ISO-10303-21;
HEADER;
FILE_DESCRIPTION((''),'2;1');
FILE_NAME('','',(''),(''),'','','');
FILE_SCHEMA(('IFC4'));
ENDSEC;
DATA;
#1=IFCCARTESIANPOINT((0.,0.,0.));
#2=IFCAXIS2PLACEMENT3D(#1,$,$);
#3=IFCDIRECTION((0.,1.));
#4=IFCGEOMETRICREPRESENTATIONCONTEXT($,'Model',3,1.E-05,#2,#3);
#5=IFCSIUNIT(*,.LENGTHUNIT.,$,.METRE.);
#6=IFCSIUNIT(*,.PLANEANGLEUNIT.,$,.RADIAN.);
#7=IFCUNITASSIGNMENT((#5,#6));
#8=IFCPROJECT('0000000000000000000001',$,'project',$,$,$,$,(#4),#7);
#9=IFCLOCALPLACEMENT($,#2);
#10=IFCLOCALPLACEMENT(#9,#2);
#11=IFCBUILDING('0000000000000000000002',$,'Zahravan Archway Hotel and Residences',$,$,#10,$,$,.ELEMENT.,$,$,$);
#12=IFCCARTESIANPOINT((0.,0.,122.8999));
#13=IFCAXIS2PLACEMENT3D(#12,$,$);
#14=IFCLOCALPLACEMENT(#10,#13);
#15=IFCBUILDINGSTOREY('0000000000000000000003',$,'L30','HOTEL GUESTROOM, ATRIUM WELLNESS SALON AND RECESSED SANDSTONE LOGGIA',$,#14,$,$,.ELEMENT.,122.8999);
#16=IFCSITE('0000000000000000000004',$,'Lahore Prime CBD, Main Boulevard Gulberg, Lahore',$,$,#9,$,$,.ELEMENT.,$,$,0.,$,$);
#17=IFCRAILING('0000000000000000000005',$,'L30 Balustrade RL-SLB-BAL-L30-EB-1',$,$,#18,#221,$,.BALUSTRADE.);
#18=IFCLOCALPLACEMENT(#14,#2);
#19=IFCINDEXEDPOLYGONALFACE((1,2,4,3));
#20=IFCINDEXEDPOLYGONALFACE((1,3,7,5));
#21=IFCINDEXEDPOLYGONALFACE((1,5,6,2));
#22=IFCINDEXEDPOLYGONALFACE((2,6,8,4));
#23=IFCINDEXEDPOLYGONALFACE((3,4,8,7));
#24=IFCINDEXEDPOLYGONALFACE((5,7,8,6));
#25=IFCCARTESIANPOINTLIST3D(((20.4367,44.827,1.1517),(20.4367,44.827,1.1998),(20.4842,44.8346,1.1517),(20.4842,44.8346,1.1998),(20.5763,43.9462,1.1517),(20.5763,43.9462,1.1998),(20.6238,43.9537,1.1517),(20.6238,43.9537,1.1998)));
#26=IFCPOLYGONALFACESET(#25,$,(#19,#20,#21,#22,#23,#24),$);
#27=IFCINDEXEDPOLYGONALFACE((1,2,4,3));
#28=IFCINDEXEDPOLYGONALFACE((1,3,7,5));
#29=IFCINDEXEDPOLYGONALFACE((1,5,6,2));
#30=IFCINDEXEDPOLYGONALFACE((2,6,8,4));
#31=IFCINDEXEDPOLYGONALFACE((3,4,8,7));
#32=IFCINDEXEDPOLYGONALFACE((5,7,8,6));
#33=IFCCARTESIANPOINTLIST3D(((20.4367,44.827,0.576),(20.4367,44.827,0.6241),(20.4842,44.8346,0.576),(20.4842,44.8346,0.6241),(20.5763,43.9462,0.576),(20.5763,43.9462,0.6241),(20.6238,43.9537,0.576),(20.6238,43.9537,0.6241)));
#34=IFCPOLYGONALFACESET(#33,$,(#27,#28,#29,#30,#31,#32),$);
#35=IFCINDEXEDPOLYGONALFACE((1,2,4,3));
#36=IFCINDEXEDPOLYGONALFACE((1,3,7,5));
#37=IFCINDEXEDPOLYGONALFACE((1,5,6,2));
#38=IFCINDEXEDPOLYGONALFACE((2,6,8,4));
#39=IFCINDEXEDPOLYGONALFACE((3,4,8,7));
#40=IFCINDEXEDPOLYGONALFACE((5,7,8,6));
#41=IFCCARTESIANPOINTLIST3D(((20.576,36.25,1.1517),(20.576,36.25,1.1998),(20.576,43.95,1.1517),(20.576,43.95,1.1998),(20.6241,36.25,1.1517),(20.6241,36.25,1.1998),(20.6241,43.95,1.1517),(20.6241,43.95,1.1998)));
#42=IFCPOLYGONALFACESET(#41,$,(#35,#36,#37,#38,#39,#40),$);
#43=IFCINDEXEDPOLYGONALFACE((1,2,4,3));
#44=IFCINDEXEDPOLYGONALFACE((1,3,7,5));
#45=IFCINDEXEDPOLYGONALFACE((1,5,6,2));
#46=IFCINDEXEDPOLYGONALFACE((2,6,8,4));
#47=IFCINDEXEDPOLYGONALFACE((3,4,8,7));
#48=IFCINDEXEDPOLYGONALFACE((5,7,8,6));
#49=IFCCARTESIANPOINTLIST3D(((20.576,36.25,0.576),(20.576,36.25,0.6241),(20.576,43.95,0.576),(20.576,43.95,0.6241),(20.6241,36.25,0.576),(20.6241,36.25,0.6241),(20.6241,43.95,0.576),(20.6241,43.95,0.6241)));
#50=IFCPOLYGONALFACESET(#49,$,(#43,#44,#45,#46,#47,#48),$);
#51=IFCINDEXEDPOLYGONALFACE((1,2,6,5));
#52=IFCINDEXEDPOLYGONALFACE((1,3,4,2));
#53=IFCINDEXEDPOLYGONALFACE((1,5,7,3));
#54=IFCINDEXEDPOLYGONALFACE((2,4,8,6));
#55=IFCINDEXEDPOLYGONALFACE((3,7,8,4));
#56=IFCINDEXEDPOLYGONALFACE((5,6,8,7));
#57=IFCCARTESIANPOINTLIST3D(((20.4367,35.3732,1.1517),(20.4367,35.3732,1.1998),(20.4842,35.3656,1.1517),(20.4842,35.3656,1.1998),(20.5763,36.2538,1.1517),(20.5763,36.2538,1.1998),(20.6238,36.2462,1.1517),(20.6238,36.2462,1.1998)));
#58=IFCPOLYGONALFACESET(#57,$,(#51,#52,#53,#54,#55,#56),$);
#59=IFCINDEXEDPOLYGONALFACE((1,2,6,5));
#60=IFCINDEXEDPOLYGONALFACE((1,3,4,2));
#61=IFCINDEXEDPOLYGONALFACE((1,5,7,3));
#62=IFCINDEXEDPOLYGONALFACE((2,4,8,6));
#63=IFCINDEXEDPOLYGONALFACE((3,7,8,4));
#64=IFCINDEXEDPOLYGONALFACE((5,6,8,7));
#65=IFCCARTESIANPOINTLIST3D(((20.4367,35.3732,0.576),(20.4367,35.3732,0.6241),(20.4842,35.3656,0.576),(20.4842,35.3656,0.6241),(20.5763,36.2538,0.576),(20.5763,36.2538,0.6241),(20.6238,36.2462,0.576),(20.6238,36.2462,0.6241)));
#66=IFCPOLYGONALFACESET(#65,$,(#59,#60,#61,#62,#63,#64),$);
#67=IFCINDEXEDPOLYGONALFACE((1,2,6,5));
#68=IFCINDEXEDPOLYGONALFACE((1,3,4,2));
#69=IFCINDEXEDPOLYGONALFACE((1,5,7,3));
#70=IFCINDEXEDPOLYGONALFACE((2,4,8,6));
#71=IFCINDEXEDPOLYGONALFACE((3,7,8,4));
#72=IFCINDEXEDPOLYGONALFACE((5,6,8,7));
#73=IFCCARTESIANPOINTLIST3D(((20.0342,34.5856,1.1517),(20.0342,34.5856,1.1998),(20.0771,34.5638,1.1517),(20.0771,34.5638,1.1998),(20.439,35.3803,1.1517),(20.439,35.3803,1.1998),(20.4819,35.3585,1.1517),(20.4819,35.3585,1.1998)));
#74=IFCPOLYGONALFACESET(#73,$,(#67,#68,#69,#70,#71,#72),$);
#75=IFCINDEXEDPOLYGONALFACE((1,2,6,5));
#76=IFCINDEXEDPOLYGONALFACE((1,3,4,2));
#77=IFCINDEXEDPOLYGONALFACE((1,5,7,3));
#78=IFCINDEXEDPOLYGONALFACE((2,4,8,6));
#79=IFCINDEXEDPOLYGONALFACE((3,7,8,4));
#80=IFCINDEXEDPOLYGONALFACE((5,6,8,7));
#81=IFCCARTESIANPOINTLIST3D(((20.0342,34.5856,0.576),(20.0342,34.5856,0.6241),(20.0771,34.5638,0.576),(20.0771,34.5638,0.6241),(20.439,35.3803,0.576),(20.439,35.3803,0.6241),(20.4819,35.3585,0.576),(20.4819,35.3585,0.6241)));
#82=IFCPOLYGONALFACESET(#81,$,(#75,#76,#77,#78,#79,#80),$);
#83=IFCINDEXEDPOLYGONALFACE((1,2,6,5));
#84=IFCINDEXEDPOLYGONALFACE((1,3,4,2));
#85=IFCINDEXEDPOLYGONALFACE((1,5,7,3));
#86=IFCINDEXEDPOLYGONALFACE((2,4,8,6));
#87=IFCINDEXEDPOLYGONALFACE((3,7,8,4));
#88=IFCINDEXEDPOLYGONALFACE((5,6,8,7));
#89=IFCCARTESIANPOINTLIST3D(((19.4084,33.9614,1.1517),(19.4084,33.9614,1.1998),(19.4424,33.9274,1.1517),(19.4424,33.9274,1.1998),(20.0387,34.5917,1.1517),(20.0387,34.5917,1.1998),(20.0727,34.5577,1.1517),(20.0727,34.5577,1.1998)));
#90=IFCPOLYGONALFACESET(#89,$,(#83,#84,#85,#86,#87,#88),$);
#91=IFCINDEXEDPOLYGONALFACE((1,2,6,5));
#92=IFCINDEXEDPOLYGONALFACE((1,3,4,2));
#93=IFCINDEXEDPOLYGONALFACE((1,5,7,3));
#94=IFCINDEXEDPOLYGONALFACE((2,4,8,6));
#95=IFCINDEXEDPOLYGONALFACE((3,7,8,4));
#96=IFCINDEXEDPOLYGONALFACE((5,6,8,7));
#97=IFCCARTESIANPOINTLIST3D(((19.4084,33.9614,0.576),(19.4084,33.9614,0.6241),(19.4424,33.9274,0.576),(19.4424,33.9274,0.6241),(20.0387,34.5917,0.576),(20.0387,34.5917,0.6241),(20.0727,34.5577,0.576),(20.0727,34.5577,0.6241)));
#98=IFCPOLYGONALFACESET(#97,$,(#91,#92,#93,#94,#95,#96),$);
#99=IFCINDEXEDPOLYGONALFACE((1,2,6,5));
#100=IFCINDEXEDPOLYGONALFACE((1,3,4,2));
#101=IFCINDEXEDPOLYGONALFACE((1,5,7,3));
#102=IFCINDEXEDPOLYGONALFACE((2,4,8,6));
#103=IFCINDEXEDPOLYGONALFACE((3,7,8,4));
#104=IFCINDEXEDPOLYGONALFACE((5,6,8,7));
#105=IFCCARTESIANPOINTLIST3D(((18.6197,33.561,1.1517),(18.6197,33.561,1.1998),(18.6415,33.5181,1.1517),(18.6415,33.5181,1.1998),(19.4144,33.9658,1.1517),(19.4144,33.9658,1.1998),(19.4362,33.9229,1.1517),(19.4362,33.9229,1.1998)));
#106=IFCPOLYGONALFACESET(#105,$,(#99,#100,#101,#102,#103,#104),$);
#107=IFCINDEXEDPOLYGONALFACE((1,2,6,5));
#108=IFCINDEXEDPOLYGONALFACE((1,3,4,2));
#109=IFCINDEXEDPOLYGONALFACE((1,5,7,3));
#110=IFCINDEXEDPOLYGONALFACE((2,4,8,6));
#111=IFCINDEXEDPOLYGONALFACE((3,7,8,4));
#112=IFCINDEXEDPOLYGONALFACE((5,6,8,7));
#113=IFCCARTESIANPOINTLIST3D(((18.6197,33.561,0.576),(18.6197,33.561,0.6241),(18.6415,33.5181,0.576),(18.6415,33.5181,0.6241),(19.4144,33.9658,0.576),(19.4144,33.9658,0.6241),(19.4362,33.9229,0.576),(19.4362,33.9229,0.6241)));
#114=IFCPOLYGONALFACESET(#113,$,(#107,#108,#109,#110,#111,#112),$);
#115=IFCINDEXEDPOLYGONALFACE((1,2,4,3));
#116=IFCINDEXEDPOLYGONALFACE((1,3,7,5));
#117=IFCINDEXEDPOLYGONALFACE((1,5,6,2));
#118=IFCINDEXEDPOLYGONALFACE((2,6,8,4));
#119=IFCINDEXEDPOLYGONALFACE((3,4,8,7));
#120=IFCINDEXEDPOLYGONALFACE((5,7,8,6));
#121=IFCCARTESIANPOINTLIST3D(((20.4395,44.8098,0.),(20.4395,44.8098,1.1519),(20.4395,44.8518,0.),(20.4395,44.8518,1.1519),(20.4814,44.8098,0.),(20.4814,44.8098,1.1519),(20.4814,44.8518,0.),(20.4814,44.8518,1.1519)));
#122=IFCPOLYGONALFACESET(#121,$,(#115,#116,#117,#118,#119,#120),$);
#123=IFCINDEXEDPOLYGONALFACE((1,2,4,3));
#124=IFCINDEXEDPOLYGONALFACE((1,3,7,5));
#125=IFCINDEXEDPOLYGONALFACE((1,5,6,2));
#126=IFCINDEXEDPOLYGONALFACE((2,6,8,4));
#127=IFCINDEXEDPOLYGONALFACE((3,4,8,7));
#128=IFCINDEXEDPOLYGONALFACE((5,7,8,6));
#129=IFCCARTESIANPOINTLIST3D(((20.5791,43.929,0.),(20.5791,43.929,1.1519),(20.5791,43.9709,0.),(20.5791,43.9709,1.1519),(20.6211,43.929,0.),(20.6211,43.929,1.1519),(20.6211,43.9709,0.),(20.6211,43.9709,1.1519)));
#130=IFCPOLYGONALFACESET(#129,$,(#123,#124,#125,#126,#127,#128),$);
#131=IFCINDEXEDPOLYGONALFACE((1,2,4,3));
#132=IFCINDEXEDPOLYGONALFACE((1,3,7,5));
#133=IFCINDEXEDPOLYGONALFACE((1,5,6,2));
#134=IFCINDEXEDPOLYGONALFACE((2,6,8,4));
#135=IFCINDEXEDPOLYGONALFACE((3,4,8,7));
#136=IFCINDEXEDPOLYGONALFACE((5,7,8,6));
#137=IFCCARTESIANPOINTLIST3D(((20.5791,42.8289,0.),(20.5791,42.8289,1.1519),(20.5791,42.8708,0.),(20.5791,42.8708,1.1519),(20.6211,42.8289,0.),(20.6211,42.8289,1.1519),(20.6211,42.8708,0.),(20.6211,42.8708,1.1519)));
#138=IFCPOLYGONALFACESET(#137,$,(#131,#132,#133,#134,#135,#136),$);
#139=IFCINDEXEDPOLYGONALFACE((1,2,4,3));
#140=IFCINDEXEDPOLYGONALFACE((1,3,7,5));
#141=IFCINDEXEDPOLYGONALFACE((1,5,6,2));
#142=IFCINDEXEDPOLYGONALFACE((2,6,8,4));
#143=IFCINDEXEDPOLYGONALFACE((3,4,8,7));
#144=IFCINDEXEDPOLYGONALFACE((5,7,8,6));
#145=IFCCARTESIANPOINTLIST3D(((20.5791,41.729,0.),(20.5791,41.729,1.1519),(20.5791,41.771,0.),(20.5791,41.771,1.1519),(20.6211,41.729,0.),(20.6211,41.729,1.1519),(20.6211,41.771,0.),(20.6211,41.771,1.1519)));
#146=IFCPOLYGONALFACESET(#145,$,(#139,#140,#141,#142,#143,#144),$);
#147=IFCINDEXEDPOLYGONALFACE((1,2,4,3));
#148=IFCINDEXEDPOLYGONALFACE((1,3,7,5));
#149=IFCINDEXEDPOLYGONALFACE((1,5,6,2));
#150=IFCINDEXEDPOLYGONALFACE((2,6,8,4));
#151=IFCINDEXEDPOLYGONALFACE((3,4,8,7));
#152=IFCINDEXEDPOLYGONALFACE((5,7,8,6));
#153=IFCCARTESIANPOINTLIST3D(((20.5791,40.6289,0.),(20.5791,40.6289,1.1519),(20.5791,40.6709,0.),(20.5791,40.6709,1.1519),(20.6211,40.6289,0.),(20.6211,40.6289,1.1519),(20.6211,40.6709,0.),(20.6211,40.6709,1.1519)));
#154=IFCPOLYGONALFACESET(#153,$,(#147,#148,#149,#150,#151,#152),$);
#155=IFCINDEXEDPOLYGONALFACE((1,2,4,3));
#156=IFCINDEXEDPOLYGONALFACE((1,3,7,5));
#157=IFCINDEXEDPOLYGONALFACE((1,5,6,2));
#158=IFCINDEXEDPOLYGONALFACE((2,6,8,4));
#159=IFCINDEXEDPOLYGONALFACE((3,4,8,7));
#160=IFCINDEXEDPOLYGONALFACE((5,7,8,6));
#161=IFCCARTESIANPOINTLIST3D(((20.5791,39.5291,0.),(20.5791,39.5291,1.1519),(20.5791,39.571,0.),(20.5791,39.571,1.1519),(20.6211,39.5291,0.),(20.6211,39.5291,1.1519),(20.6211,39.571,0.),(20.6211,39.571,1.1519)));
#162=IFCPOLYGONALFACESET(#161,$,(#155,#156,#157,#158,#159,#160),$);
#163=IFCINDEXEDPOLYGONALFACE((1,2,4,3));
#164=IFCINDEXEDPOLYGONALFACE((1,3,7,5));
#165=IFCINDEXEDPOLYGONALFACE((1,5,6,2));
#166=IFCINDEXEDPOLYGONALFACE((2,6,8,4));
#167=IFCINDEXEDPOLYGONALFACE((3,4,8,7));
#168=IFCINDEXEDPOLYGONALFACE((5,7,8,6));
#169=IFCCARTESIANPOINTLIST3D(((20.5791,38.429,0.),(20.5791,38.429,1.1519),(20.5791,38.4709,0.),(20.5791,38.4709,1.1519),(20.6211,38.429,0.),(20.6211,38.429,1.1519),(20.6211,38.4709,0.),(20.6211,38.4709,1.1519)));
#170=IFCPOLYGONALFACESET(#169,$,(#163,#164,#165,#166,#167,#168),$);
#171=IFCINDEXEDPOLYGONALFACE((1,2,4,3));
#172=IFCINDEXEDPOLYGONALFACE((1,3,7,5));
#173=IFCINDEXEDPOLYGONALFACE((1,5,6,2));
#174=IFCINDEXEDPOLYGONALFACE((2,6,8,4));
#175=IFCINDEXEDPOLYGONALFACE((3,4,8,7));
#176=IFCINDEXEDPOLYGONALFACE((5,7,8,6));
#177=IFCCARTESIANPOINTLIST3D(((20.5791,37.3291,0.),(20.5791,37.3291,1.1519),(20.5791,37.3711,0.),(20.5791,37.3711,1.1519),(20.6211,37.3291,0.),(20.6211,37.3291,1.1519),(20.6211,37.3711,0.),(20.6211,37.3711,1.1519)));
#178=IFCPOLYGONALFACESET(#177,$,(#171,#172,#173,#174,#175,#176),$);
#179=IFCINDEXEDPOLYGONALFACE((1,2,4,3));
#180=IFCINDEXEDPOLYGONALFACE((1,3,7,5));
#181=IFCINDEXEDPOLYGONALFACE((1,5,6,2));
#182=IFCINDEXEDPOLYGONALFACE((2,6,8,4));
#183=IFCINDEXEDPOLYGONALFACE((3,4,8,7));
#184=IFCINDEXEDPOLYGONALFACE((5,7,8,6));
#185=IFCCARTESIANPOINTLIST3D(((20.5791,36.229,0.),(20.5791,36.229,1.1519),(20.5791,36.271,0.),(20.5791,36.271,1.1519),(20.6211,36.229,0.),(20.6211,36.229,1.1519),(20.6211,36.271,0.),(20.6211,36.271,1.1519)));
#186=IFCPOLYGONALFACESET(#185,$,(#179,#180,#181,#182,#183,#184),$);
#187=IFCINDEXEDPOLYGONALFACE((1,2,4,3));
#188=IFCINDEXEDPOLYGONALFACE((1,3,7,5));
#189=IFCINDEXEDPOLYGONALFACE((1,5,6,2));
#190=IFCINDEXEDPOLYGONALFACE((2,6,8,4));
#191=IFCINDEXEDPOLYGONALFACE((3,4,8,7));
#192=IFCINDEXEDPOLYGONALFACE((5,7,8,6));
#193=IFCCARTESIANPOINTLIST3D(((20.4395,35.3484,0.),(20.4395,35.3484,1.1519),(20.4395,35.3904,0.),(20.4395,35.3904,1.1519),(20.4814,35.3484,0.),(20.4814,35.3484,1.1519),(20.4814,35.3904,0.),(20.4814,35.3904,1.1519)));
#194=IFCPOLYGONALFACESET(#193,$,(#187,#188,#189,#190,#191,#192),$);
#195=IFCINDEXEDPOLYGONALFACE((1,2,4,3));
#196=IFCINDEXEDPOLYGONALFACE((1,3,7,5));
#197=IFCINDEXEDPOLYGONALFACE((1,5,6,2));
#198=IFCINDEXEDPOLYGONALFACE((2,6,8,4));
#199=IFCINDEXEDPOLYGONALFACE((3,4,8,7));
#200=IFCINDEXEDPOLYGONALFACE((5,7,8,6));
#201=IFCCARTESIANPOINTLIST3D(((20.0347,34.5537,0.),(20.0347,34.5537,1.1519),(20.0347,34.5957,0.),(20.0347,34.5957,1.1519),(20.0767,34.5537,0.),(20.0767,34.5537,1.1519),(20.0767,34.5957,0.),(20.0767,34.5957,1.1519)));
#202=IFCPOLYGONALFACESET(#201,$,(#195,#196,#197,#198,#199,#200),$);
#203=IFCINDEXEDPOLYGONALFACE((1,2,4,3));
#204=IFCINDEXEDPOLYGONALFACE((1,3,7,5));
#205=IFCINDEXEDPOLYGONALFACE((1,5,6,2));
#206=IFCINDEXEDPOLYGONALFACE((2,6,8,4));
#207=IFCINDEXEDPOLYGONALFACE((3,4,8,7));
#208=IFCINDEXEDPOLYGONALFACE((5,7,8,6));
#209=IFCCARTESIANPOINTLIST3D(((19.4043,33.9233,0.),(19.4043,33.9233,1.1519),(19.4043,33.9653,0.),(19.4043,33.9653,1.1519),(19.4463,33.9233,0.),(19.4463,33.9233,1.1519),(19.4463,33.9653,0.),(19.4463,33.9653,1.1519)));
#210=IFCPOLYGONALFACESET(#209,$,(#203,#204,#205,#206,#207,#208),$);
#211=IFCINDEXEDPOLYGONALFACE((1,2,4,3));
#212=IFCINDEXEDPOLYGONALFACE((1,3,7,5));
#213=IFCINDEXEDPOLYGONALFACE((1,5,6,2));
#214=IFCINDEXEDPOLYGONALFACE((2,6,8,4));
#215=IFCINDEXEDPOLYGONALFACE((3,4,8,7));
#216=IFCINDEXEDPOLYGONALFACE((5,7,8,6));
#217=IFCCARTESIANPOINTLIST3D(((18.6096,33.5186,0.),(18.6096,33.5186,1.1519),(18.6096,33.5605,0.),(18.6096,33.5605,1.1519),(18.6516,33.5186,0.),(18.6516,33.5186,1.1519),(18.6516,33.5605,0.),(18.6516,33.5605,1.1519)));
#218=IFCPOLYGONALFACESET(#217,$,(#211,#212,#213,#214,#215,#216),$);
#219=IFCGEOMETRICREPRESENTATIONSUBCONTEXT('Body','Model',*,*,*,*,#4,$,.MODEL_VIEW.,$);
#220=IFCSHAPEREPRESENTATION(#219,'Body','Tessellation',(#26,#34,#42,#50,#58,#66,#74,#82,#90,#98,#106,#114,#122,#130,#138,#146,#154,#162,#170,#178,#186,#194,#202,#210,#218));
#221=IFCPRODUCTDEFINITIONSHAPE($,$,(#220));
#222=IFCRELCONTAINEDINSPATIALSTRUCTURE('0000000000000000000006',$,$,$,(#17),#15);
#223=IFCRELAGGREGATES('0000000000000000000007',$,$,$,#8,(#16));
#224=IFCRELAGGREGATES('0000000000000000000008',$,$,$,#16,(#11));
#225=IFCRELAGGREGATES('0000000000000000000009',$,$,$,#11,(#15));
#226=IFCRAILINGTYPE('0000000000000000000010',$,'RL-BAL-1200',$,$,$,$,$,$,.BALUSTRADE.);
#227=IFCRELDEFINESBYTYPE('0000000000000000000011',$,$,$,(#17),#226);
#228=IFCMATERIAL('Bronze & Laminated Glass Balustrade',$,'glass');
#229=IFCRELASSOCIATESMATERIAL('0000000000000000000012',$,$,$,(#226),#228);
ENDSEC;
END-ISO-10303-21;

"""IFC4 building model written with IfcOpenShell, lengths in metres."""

from ifc_helpers import new_model, si_unit, direction, frame, origin, origin_2d, place, context, subcontext, project, spatial, rectangle, extrude, material, type_object, element, save


model = new_model("IFC4")

# Units and contexts
model_context = context("Model", 3, precision=1e-05, world=origin(), true_north=direction((0.0, 1.0)))
body_context = subcontext(model_context, "Body", "Model", "MODEL_VIEW")
ifc_project = project(units=[si_unit("LENGTHUNIT", "METRE"), si_unit("PLANEANGLEUNIT", "RADIAN")], contexts=[model_context])

# Site, building, storey
site_placement = place(None, origin())
site = spatial("IfcSite", under=ifc_project, at=site_placement, Name="Lahore Prime CBD, Main Boulevard Gulberg, Lahore", CompositionType="ELEMENT", RefElevation=0.0)
building_placement = place(site_placement, origin())
building = spatial("IfcBuilding", under=site, at=building_placement, Name="Zahravan Archway Hotel and Residences", CompositionType="ELEMENT")
storey_placement = place(building_placement, frame((0.0, 0.0, 122.8999)))
storey = spatial("IfcBuildingStorey", under=building, at=storey_placement, Name="L30", Description="HOTEL GUESTROOM, ATRIUM WELLNESS SALON AND RECESSED SANDSTONE LOGGIA", CompositionType="ELEMENT", Elevation=122.8999)

# Railing
ifc_material_1 = material(Name="Bronze & Laminated Glass Balustrade", Category="glass")
railing_type = type_object("IfcRailingType", Name="RL-BAL-1200", PredefinedType="BALUSTRADE", material=ifc_material_1)
railing_placement = place(storey_placement, frame((20.4604, 44.8308, 0.0)))
element("IfcRailing", 1, at=railing_placement, inside=storey, type_object=railing_type, Name="L30 Balustrade RL-SLB-BAL-L30-EB-1", PredefinedType="BALUSTRADE", context=body_context, shape_type="SweptSolid", body=[
    extrude(rectangle(XDim=0.0481, YDim=0.0481, at=origin_2d()), frame((0.0, 0.0, 1.1758), z_axis=(0.156581, -0.987665, 0.0), x_axis=(0.987665, 0.156581, 0.0)), (0.0, 0.0, 1.0), 0.8918),
    extrude(rectangle(XDim=0.0481, YDim=0.0481, at=origin_2d()), frame((0.0, 0.0, 0.6001), z_axis=(0.156581, -0.987665, 0.0), x_axis=(0.987665, 0.156581, 0.0)), (0.0, 0.0, 1.0), 0.8918),
    extrude(rectangle(XDim=0.0481, YDim=0.0481, at=origin_2d()), frame((0.1396, -0.8809, 1.1758), z_axis=(0.0, -1.0, 0.0), x_axis=(1.0, 0.0, 0.0)), (0.0, 0.0, 1.0), 7.7),
    extrude(rectangle(XDim=0.0481, YDim=0.0481, at=origin_2d()), frame((0.1396, -0.8809, 0.6001), z_axis=(0.0, -1.0, 0.0), x_axis=(1.0, 0.0, 0.0)), (0.0, 0.0, 1.0), 7.7),
    extrude(rectangle(XDim=0.0481, YDim=0.0481, at=origin_2d()), frame((0.1396, -8.5808, 1.1758), z_axis=(-0.156623, -0.987658, 0.0), x_axis=(0.987658, -0.156623, 0.0)), (0.0, 0.0, 1.0), 0.8916),
    extrude(rectangle(XDim=0.0481, YDim=0.0481, at=origin_2d()), frame((0.1396, -8.5808, 0.6001), z_axis=(-0.156623, -0.987658, 0.0), x_axis=(0.987658, -0.156623, 0.0)), (0.0, 0.0, 1.0), 0.8916),
    extrude(rectangle(XDim=0.0481, YDim=0.0481, at=origin_2d()), frame((0.0, -9.4614, 1.1758), z_axis=(-0.453881, -0.891062, 0.0), x_axis=(0.891062, -0.453881, 0.0)), (0.0, 0.0, 1.0), 0.8918),
    extrude(rectangle(XDim=0.0481, YDim=0.0481, at=origin_2d()), frame((0.0, -9.4614, 0.6001), z_axis=(-0.453881, -0.891062, 0.0), x_axis=(0.891062, -0.453881, 0.0)), (0.0, 0.0, 1.0), 0.8918),
    extrude(rectangle(XDim=0.0481, YDim=0.0481, at=origin_2d()), frame((-0.4048, -10.2561, 1.1758), z_axis=(-0.707107, -0.707107, 0.0), x_axis=(0.707107, -0.707107, 0.0)), (0.0, 0.0, 1.0), 0.8914),
    extrude(rectangle(XDim=0.0481, YDim=0.0481, at=origin_2d()), frame((-0.4048, -10.2561, 0.6001), z_axis=(-0.707107, -0.707107, 0.0), x_axis=(0.707107, -0.707107, 0.0)), (0.0, 0.0, 1.0), 0.8914),
    extrude(rectangle(XDim=0.0481, YDim=0.0481, at=origin_2d()), frame((-1.0352, -10.8865, 1.1758), z_axis=(-0.891062, -0.453881, 0.0), x_axis=(0.453881, -0.891062, 0.0)), (0.0, 0.0, 1.0), 0.8918),
    extrude(rectangle(XDim=0.0481, YDim=0.0481, at=origin_2d()), frame((-1.0352, -10.8865, 0.6001), z_axis=(-0.891062, -0.453881, 0.0), x_axis=(0.453881, -0.891062, 0.0)), (0.0, 0.0, 1.0), 0.8918),
    extrude(rectangle(XDim=0.042, YDim=0.042, at=origin_2d()), origin(), (0.0, 0.0, 1.0), 1.1519),
    extrude(rectangle(XDim=0.042, YDim=0.042, at=origin_2d()), frame((0.1396, -0.8809, 0.0)), (0.0, 0.0, 1.0), 1.1519),
    extrude(rectangle(XDim=0.042, YDim=0.042, at=origin_2d()), frame((0.1396, -1.981, 0.0)), (0.0, 0.0, 1.0), 1.1519),
    extrude(rectangle(XDim=0.042, YDim=0.042, at=origin_2d()), frame((0.1396, -3.0808, 0.0)), (0.0, 0.0, 1.0), 1.1519),
    extrude(rectangle(XDim=0.042, YDim=0.042, at=origin_2d()), frame((0.1396, -4.1809, 0.0)), (0.0, 0.0, 1.0), 1.1519),
    extrude(rectangle(XDim=0.042, YDim=0.042, at=origin_2d()), frame((0.1396, -5.2808, 0.0)), (0.0, 0.0, 1.0), 1.1519),
    extrude(rectangle(XDim=0.042, YDim=0.042, at=origin_2d()), frame((0.1396, -6.3809, 0.0)), (0.0, 0.0, 1.0), 1.1519),
    extrude(rectangle(XDim=0.042, YDim=0.042, at=origin_2d()), frame((0.1396, -7.4807, 0.0)), (0.0, 0.0, 1.0), 1.1519),
    extrude(rectangle(XDim=0.042, YDim=0.042, at=origin_2d()), frame((0.1396, -8.5808, 0.0)), (0.0, 0.0, 1.0), 1.1519),
    extrude(rectangle(XDim=0.042, YDim=0.042, at=origin_2d()), frame((0.0, -9.4614, 0.0)), (0.0, 0.0, 1.0), 1.1519),
    extrude(rectangle(XDim=0.042, YDim=0.042, at=origin_2d()), frame((-0.4048, -10.2561, 0.0)), (0.0, 0.0, 1.0), 1.1519),
    extrude(rectangle(XDim=0.042, YDim=0.042, at=origin_2d()), frame((-1.0352, -10.8865, 0.0)), (0.0, 0.0, 1.0), 1.1519),
    extrude(rectangle(XDim=0.042, YDim=0.042, at=origin_2d()), frame((-1.8298, -11.2913, 0.0)), (0.0, 0.0, 1.0), 1.1519),
])

save(model, "model.ifc")
